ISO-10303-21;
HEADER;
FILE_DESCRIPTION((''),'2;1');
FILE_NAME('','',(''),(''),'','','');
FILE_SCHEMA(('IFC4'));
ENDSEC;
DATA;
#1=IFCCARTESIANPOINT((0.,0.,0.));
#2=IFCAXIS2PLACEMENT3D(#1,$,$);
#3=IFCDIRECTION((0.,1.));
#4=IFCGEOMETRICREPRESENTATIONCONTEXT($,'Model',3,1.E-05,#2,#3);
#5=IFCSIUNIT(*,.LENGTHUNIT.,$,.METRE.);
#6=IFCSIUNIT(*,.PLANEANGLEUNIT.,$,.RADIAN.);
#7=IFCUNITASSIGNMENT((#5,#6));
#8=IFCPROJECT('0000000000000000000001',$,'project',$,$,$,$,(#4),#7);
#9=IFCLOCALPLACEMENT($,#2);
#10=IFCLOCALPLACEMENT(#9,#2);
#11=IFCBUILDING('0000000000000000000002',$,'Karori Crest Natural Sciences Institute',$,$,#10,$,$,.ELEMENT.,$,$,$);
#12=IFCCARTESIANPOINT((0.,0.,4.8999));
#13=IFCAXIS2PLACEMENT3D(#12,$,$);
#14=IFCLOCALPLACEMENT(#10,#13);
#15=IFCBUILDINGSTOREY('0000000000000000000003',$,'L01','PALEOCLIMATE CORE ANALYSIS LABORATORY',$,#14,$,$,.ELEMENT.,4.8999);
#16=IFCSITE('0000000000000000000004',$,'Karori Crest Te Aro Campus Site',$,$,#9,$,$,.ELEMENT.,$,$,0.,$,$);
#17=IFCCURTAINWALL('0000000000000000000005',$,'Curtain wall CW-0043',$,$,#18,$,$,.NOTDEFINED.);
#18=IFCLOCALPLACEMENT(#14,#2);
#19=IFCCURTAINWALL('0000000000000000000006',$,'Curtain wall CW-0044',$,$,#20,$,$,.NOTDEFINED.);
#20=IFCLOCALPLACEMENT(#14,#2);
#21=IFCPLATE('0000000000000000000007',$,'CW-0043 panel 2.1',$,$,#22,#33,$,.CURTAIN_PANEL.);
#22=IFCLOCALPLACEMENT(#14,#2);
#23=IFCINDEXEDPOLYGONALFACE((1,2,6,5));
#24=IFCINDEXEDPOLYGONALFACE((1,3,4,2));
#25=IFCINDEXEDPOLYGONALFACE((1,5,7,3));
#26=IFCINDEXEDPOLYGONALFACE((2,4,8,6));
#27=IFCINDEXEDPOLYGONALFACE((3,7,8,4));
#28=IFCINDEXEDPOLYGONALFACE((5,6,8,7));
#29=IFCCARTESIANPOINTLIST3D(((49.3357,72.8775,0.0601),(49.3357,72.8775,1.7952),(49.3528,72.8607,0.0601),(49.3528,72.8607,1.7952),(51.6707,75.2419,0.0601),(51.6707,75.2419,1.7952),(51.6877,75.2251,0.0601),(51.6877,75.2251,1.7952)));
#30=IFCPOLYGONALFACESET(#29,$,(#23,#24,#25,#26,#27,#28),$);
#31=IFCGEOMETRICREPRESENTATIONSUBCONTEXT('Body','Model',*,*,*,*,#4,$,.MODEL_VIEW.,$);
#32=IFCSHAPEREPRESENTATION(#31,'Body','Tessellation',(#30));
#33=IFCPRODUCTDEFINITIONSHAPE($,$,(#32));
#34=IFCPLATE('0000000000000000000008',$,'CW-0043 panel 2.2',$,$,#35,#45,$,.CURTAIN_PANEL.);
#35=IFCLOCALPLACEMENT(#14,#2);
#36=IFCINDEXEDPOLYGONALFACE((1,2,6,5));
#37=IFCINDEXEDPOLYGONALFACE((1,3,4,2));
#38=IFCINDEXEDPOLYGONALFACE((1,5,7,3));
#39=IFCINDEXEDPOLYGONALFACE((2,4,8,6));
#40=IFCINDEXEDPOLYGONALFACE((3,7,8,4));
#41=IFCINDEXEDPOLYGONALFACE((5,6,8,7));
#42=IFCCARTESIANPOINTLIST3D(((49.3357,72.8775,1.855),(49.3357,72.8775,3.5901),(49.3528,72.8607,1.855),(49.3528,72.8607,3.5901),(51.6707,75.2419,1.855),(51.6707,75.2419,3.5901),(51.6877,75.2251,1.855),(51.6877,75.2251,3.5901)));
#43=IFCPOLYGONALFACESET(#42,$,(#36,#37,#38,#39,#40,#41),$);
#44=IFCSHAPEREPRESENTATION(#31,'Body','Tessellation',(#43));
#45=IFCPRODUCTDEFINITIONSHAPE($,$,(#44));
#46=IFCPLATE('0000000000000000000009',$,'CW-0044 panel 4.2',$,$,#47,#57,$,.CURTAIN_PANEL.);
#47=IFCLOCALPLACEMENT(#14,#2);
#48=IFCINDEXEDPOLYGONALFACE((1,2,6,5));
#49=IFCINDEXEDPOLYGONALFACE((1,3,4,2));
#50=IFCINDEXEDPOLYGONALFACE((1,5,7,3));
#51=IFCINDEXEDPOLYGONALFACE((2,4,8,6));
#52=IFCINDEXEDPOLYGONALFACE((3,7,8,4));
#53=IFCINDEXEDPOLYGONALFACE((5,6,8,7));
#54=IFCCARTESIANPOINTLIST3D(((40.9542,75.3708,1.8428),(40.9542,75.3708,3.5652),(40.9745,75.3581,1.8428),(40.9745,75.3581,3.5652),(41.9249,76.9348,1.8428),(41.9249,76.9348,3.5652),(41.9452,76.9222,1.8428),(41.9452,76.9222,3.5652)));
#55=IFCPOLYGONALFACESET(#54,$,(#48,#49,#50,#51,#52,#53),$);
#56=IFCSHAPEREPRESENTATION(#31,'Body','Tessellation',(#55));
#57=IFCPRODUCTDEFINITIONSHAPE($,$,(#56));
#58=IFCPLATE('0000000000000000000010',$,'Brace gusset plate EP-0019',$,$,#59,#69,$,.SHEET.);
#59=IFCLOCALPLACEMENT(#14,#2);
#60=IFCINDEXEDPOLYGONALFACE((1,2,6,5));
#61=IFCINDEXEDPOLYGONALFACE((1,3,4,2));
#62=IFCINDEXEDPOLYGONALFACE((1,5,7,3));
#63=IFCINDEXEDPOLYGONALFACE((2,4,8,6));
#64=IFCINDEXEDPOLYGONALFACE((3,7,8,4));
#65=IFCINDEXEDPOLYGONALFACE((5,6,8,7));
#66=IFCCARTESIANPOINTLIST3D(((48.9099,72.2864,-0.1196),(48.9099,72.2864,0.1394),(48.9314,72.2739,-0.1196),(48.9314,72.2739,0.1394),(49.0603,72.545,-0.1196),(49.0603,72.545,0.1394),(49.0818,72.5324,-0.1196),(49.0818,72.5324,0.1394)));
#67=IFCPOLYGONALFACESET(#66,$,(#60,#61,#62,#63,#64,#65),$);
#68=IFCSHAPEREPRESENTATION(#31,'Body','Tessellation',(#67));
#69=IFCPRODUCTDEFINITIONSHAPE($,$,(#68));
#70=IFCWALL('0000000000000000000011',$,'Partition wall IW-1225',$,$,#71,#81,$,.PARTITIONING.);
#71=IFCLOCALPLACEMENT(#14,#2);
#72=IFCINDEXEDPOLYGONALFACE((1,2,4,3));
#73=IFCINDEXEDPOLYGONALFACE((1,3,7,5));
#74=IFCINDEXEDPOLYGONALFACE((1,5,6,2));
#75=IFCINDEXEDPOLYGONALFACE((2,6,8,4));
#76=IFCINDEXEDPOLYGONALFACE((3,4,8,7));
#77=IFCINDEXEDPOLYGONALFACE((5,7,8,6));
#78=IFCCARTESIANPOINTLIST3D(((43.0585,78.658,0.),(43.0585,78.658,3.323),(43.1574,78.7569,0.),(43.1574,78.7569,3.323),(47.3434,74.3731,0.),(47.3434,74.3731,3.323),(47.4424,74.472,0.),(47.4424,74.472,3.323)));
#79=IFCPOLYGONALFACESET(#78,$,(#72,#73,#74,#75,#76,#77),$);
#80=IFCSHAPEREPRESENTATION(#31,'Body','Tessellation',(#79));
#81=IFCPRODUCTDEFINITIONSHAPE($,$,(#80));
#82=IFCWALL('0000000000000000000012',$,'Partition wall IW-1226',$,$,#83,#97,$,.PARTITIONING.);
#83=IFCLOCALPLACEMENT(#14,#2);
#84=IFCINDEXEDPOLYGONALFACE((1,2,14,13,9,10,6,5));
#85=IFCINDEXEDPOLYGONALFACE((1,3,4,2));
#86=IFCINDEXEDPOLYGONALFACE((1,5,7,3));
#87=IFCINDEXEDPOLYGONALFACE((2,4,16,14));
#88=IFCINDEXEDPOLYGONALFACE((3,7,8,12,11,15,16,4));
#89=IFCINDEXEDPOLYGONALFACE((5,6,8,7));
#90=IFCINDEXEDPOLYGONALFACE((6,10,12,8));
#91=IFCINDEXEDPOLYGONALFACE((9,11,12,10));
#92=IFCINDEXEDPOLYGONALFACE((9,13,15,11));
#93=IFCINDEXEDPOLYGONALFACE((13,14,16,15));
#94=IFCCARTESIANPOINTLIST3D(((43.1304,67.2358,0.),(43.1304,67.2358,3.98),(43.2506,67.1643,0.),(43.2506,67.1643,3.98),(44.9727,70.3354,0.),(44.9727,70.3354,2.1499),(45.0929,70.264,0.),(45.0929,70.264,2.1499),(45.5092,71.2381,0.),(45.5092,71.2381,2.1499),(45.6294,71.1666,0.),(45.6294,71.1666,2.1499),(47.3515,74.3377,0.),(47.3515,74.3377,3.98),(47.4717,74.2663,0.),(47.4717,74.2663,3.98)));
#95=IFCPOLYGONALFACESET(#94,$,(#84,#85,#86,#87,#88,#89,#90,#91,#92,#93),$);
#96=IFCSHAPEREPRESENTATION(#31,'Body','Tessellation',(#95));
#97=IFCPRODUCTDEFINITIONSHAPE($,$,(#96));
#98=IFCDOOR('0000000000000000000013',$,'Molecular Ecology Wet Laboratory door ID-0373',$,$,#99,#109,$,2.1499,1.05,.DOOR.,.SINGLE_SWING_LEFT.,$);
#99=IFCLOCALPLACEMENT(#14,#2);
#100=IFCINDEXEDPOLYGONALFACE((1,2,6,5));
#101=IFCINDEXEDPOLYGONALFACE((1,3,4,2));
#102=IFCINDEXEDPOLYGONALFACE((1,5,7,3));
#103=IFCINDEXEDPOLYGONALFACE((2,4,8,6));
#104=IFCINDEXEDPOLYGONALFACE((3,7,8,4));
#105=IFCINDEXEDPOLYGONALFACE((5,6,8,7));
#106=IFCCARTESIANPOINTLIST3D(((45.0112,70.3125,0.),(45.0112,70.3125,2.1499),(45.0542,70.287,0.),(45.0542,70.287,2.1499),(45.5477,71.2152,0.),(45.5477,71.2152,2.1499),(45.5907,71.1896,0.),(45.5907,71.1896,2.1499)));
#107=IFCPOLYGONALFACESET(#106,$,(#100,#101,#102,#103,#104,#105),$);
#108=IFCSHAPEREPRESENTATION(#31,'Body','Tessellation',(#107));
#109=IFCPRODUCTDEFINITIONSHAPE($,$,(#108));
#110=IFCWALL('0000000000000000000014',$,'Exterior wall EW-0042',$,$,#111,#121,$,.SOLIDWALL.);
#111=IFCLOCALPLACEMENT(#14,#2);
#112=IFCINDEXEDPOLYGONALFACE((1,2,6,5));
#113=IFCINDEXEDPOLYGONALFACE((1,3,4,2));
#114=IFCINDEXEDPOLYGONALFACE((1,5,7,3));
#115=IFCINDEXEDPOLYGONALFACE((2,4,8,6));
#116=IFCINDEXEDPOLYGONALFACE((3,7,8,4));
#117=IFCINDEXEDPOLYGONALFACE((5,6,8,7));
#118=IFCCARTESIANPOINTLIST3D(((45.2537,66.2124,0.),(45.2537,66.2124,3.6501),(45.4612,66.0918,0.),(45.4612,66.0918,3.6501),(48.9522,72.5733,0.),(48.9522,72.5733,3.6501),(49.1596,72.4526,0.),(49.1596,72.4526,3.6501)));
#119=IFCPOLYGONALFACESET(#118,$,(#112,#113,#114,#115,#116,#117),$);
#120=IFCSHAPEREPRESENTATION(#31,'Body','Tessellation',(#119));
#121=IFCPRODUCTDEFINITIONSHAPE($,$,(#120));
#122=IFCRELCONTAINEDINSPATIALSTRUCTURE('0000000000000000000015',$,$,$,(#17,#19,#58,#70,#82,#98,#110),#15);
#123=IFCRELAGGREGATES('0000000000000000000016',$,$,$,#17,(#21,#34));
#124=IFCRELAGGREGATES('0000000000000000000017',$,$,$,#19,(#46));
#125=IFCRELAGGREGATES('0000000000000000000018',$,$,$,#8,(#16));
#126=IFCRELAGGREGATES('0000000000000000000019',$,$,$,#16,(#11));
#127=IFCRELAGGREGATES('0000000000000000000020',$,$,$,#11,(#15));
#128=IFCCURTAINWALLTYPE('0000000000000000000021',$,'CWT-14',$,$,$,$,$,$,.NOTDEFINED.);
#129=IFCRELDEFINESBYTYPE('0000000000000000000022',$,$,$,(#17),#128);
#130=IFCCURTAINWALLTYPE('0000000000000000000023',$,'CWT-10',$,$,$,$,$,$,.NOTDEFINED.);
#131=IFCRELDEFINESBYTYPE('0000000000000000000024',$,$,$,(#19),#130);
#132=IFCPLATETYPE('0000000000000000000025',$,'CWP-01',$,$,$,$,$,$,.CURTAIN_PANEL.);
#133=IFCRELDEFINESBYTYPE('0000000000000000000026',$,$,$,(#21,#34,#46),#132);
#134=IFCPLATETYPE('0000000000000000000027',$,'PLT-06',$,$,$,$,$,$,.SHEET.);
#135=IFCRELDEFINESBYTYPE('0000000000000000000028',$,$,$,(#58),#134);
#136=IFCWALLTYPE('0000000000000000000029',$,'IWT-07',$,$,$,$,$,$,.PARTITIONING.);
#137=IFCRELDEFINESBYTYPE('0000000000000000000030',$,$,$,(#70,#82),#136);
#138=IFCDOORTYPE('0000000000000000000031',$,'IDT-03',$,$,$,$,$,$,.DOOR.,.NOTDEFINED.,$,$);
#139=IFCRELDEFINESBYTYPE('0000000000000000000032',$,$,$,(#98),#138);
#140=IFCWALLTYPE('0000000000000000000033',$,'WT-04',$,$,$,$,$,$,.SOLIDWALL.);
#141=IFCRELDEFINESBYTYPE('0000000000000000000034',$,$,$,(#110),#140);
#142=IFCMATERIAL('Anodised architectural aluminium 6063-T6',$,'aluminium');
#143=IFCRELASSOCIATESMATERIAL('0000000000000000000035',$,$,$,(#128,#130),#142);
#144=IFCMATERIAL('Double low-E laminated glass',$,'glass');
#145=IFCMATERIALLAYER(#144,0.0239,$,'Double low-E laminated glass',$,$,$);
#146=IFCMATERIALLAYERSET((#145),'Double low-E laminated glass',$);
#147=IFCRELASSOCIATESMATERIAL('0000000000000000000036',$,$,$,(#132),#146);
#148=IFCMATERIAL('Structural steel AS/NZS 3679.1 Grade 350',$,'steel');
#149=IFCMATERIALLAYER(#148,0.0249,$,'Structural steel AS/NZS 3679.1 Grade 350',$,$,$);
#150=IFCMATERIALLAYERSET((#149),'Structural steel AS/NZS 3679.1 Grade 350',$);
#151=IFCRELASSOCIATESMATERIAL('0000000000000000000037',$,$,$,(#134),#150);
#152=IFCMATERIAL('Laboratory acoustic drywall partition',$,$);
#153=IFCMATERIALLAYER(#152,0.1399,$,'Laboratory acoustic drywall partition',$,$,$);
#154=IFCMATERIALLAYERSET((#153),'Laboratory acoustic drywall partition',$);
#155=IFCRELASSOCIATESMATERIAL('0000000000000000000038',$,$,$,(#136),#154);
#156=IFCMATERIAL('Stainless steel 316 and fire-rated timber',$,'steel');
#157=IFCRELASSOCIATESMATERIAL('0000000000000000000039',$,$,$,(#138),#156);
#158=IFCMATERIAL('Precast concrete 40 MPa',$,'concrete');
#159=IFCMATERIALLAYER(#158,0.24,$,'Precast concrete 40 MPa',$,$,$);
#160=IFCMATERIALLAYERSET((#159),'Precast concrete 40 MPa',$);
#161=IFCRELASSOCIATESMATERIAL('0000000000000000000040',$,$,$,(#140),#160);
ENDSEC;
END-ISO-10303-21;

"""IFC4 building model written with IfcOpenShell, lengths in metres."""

from ifc_helpers import new_model, si_unit, direction, frame, frame_2d, origin, origin_2d, place, context, subcontext, project, spatial, rectangle, extrude, material, layer, layer_set, type_object, element, fill, aggregate, save


model = new_model("IFC4")

# Units and contexts
model_context = context("Model", 3, precision=1e-05, world=origin(), true_north=direction((0.0, 1.0)))
body_context = subcontext(model_context, "Body", "Model", "MODEL_VIEW")
ifc_project = project(units=[si_unit("LENGTHUNIT", "METRE"), si_unit("PLANEANGLEUNIT", "RADIAN")], contexts=[model_context])

# Site, building, storey
site_placement = place(None, origin())
site = spatial("IfcSite", under=ifc_project, at=site_placement, Name="Karori Crest Te Aro Campus Site", CompositionType="ELEMENT", RefElevation=0.0)
building_placement = place(site_placement, origin())
building = spatial("IfcBuilding", under=site, at=building_placement, Name="Karori Crest Natural Sciences Institute", CompositionType="ELEMENT")
storey_placement = place(building_placement, frame((0.0, 0.0, 4.8999)))
storey = spatial("IfcBuildingStorey", under=building, at=storey_placement, Name="L01", Description="PALEOCLIMATE CORE ANALYSIS LABORATORY", CompositionType="ELEMENT", Elevation=4.8999)

# Shared definitions
ifc_material_1 = material(Name="Structural steel AS/NZS 3679.1 Grade 350", Category="steel")

# Curtain wall
ifc_material_2 = material(Name="Anodised architectural aluminium 6063-T6", Category="aluminium")
curtain_wall_type_1 = type_object("IfcCurtainWallType", Name="CWT-14", PredefinedType="NOTDEFINED", material=ifc_material_2)
curtain_wall_1_placement = place(storey_placement, origin())
curtain_wall_1 = element("IfcCurtainWall", 1, at=curtain_wall_1_placement, inside=storey, type_object=curtain_wall_type_1, Name="Curtain wall CW-0043", PredefinedType="NOTDEFINED")

# Curtain wall
curtain_wall_type_2 = type_object("IfcCurtainWallType", Name="CWT-10", PredefinedType="NOTDEFINED", material=ifc_material_2)
curtain_wall_2_placement = place(storey_placement, origin())
curtain_wall_2 = element("IfcCurtainWall", 2, at=curtain_wall_2_placement, inside=storey, type_object=curtain_wall_type_2, Name="Curtain wall CW-0044", PredefinedType="NOTDEFINED")

# Plates
ifc_material_3 = material(Name="Double low-E laminated glass", Category="glass")
ifc_layer_1 = layer(ifc_material_3, 0.0239, Name="Double low-E laminated glass")
ifc_layer_set_1 = layer_set([ifc_layer_1], Name="Double low-E laminated glass")
plate_type_1 = type_object("IfcPlateType", Name="CWP-01", PredefinedType="CURTAIN_PANEL", material=ifc_layer_set_1)
plate_1_placement = place(storey_placement, frame((50.5117, 74.0513, 0.0601), z_axis=(0.0, 0.0, 1.0), x_axis=(-0.702656, -0.711529, 0.0)))
plate_1 = element("IfcPlate", 3, at=plate_1_placement, type_object=plate_type_1, Name="CW-0043 panel 2.1", PredefinedType="CURTAIN_PANEL", context=body_context, shape_type="SweptSolid", body=[
    extrude(rectangle(XDim=3.323, YDim=0.0239, at=origin_2d()), origin(), (0.0, 0.0, 1.0), 1.7351),
])
plate_2_placement = place(storey_placement, frame((50.5117, 74.0513, 1.855), z_axis=(0.0, 0.0, 1.0), x_axis=(-0.702656, -0.711529, 0.0)))
plate_2 = element("IfcPlate", 4, at=plate_2_placement, type_object=plate_type_1, Name="CW-0043 panel 2.2", PredefinedType="CURTAIN_PANEL", context=body_context, shape_type="SweptSolid", body=[
    extrude(rectangle(XDim=3.323, YDim=0.0239, at=origin_2d()), origin(), (0.0, 0.0, 1.0), 1.7351),
])
aggregate(curtain_wall_1, [plate_1, plate_2])
plate_3_placement = place(storey_placement, frame((41.4497, 76.1465, 1.8428), z_axis=(0.0, 0.0, 1.0), x_axis=(0.527328, 0.849662, 0.0)))
plate_3 = element("IfcPlate", 5, at=plate_3_placement, type_object=plate_type_1, Name="CW-0044 panel 4.2", PredefinedType="CURTAIN_PANEL", context=body_context, shape_type="SweptSolid", body=[
    extrude(rectangle(XDim=1.8408, YDim=0.0239, at=origin_2d()), origin(), (0.0, 0.0, 1.0), 1.7224),
])
aggregate(curtain_wall_2, [plate_3])
ifc_layer_2 = layer(ifc_material_1, 0.0249, Name="Structural steel AS/NZS 3679.1 Grade 350")
ifc_layer_set_2 = layer_set([ifc_layer_2], Name="Structural steel AS/NZS 3679.1 Grade 350")
plate_type_2 = type_object("IfcPlateType", Name="PLT-06", PredefinedType="SHEET", material=ifc_layer_set_2)
plate_4_placement = place(storey_placement, frame((48.9958, 72.4094, -0.1196), z_axis=(0.0, 0.0, 1.0), x_axis=(0.502652, 0.864489, 0.0)))
element("IfcPlate", 6, at=plate_4_placement, inside=storey, type_object=plate_type_2, Name="Brace gusset plate EP-0019", PredefinedType="SHEET", context=body_context, shape_type="SweptSolid", body=[
    extrude(rectangle(XDim=0.2991, YDim=0.0249, at=origin_2d()), origin(), (0.0, 0.0, 1.0), 0.259),
])

# Wall
ifc_material_4 = material(Name="Laboratory acoustic drywall partition")
ifc_layer_3 = layer(ifc_material_4, 0.1399, Name="Laboratory acoustic drywall partition")
ifc_layer_set_3 = layer_set([ifc_layer_3], Name="Laboratory acoustic drywall partition")
wall_type_1 = type_object("IfcWallType", Name="IWT-07", PredefinedType="PARTITIONING", material=ifc_layer_set_3)
wall_1_placement = place(storey_placement, frame((47.3928, 74.4226, 0.0), z_axis=(0.0, 0.0, 1.0), x_axis=(-0.707107, 0.707107, 0.0)))
element("IfcWall", 7, at=wall_1_placement, inside=storey, type_object=wall_type_1, Name="Partition wall IW-1225", PredefinedType="PARTITIONING", context=body_context, shape_type="SweptSolid", body=[
    extrude(rectangle(XDim=6.0598, YDim=0.1399, at=frame_2d((3.0298, 0.0))), origin(), (0.0, 0.0, 1.0), 3.323),
])

# Wall, opening, door
wall_2_placement = place(storey_placement, frame((47.4116, 74.302, 0.0), z_axis=(0.0, 0.0, 1.0), x_axis=(-0.510928, -0.859624, 0.0)))
wall_2 = element("IfcWall", 8, at=wall_2_placement, inside=storey, type_object=wall_type_1, Name="Partition wall IW-1226", PredefinedType="PARTITIONING", context=body_context, shape_type="SweptSolid", body=[
    extrude(rectangle(XDim=8.2617, YDim=0.1399, at=frame_2d((4.1309, 0.0))), origin(), (0.0, 0.0, 1.0), 3.98),
])
opening_placement = place(wall_2_placement, frame((3.606, 0.0, 0.0)))
opening = element("IfcOpeningElement", 9, at=opening_placement, cuts=wall_2, PredefinedType="OPENING", context=body_context, shape_type="SweptSolid", body=[
    extrude(rectangle(XDim=1.05, YDim=2.1499, at=frame_2d((0.5249, 1.075))), frame((0.0, 0.0801, 0.0), z_axis=(0.0, -1.0, 0.0), x_axis=(1.0, 0.0, 0.0)), (0.0, 0.0, 1.0), 0.1599),
])
ifc_material_5 = material(Name="Stainless steel 316 and fire-rated timber", Category="steel")
door_type = type_object("IfcDoorType", Name="IDT-03", OperationType="NOTDEFINED", PredefinedType="DOOR", material=ifc_material_5)
door_placement = place(opening_placement, origin())
door = element("IfcDoor", 10, at=door_placement, inside=storey, type_object=door_type, Name="Molecular Ecology Wet Laboratory door ID-0373", OperationType="SINGLE_SWING_LEFT", OverallHeight=2.1499, OverallWidth=1.05, PredefinedType="DOOR", context=body_context, shape_type="SweptSolid", body=[
    extrude(rectangle(XDim=1.05, YDim=2.1499, at=frame_2d((0.5249, 1.075))), frame((0.0, 0.0249, 0.0), z_axis=(0.0, -1.0, 0.0), x_axis=(1.0, 0.0, 0.0)), (0.0, 0.0, 1.0), 0.05),
])
fill(opening, door)

# Wall
ifc_material_6 = material(Name="Precast concrete 40 MPa", Category="concrete")
ifc_layer_4 = layer(ifc_material_6, 0.24, Name="Precast concrete 40 MPa")
ifc_layer_set_4 = layer_set([ifc_layer_4], Name="Precast concrete 40 MPa")
wall_type_2 = type_object("IfcWallType", Name="WT-04", PredefinedType="SOLIDWALL", material=ifc_layer_set_4)
wall_3_placement = place(storey_placement, frame((49.0559, 72.5129, 0.0), z_axis=(0.0, 0.0, 1.0), x_axis=(-0.502653, -0.864488, 0.0)))
element("IfcWall", 11, at=wall_3_placement, inside=storey, type_object=wall_type_2, Name="Exterior wall EW-0042", PredefinedType="SOLIDWALL", context=body_context, shape_type="SweptSolid", body=[
    extrude(rectangle(XDim=7.3579, YDim=0.24, at=frame_2d((3.679, 0.0))), origin(), (0.0, 0.0, 1.0), 3.6501),
])

save(model, "model.ifc")
